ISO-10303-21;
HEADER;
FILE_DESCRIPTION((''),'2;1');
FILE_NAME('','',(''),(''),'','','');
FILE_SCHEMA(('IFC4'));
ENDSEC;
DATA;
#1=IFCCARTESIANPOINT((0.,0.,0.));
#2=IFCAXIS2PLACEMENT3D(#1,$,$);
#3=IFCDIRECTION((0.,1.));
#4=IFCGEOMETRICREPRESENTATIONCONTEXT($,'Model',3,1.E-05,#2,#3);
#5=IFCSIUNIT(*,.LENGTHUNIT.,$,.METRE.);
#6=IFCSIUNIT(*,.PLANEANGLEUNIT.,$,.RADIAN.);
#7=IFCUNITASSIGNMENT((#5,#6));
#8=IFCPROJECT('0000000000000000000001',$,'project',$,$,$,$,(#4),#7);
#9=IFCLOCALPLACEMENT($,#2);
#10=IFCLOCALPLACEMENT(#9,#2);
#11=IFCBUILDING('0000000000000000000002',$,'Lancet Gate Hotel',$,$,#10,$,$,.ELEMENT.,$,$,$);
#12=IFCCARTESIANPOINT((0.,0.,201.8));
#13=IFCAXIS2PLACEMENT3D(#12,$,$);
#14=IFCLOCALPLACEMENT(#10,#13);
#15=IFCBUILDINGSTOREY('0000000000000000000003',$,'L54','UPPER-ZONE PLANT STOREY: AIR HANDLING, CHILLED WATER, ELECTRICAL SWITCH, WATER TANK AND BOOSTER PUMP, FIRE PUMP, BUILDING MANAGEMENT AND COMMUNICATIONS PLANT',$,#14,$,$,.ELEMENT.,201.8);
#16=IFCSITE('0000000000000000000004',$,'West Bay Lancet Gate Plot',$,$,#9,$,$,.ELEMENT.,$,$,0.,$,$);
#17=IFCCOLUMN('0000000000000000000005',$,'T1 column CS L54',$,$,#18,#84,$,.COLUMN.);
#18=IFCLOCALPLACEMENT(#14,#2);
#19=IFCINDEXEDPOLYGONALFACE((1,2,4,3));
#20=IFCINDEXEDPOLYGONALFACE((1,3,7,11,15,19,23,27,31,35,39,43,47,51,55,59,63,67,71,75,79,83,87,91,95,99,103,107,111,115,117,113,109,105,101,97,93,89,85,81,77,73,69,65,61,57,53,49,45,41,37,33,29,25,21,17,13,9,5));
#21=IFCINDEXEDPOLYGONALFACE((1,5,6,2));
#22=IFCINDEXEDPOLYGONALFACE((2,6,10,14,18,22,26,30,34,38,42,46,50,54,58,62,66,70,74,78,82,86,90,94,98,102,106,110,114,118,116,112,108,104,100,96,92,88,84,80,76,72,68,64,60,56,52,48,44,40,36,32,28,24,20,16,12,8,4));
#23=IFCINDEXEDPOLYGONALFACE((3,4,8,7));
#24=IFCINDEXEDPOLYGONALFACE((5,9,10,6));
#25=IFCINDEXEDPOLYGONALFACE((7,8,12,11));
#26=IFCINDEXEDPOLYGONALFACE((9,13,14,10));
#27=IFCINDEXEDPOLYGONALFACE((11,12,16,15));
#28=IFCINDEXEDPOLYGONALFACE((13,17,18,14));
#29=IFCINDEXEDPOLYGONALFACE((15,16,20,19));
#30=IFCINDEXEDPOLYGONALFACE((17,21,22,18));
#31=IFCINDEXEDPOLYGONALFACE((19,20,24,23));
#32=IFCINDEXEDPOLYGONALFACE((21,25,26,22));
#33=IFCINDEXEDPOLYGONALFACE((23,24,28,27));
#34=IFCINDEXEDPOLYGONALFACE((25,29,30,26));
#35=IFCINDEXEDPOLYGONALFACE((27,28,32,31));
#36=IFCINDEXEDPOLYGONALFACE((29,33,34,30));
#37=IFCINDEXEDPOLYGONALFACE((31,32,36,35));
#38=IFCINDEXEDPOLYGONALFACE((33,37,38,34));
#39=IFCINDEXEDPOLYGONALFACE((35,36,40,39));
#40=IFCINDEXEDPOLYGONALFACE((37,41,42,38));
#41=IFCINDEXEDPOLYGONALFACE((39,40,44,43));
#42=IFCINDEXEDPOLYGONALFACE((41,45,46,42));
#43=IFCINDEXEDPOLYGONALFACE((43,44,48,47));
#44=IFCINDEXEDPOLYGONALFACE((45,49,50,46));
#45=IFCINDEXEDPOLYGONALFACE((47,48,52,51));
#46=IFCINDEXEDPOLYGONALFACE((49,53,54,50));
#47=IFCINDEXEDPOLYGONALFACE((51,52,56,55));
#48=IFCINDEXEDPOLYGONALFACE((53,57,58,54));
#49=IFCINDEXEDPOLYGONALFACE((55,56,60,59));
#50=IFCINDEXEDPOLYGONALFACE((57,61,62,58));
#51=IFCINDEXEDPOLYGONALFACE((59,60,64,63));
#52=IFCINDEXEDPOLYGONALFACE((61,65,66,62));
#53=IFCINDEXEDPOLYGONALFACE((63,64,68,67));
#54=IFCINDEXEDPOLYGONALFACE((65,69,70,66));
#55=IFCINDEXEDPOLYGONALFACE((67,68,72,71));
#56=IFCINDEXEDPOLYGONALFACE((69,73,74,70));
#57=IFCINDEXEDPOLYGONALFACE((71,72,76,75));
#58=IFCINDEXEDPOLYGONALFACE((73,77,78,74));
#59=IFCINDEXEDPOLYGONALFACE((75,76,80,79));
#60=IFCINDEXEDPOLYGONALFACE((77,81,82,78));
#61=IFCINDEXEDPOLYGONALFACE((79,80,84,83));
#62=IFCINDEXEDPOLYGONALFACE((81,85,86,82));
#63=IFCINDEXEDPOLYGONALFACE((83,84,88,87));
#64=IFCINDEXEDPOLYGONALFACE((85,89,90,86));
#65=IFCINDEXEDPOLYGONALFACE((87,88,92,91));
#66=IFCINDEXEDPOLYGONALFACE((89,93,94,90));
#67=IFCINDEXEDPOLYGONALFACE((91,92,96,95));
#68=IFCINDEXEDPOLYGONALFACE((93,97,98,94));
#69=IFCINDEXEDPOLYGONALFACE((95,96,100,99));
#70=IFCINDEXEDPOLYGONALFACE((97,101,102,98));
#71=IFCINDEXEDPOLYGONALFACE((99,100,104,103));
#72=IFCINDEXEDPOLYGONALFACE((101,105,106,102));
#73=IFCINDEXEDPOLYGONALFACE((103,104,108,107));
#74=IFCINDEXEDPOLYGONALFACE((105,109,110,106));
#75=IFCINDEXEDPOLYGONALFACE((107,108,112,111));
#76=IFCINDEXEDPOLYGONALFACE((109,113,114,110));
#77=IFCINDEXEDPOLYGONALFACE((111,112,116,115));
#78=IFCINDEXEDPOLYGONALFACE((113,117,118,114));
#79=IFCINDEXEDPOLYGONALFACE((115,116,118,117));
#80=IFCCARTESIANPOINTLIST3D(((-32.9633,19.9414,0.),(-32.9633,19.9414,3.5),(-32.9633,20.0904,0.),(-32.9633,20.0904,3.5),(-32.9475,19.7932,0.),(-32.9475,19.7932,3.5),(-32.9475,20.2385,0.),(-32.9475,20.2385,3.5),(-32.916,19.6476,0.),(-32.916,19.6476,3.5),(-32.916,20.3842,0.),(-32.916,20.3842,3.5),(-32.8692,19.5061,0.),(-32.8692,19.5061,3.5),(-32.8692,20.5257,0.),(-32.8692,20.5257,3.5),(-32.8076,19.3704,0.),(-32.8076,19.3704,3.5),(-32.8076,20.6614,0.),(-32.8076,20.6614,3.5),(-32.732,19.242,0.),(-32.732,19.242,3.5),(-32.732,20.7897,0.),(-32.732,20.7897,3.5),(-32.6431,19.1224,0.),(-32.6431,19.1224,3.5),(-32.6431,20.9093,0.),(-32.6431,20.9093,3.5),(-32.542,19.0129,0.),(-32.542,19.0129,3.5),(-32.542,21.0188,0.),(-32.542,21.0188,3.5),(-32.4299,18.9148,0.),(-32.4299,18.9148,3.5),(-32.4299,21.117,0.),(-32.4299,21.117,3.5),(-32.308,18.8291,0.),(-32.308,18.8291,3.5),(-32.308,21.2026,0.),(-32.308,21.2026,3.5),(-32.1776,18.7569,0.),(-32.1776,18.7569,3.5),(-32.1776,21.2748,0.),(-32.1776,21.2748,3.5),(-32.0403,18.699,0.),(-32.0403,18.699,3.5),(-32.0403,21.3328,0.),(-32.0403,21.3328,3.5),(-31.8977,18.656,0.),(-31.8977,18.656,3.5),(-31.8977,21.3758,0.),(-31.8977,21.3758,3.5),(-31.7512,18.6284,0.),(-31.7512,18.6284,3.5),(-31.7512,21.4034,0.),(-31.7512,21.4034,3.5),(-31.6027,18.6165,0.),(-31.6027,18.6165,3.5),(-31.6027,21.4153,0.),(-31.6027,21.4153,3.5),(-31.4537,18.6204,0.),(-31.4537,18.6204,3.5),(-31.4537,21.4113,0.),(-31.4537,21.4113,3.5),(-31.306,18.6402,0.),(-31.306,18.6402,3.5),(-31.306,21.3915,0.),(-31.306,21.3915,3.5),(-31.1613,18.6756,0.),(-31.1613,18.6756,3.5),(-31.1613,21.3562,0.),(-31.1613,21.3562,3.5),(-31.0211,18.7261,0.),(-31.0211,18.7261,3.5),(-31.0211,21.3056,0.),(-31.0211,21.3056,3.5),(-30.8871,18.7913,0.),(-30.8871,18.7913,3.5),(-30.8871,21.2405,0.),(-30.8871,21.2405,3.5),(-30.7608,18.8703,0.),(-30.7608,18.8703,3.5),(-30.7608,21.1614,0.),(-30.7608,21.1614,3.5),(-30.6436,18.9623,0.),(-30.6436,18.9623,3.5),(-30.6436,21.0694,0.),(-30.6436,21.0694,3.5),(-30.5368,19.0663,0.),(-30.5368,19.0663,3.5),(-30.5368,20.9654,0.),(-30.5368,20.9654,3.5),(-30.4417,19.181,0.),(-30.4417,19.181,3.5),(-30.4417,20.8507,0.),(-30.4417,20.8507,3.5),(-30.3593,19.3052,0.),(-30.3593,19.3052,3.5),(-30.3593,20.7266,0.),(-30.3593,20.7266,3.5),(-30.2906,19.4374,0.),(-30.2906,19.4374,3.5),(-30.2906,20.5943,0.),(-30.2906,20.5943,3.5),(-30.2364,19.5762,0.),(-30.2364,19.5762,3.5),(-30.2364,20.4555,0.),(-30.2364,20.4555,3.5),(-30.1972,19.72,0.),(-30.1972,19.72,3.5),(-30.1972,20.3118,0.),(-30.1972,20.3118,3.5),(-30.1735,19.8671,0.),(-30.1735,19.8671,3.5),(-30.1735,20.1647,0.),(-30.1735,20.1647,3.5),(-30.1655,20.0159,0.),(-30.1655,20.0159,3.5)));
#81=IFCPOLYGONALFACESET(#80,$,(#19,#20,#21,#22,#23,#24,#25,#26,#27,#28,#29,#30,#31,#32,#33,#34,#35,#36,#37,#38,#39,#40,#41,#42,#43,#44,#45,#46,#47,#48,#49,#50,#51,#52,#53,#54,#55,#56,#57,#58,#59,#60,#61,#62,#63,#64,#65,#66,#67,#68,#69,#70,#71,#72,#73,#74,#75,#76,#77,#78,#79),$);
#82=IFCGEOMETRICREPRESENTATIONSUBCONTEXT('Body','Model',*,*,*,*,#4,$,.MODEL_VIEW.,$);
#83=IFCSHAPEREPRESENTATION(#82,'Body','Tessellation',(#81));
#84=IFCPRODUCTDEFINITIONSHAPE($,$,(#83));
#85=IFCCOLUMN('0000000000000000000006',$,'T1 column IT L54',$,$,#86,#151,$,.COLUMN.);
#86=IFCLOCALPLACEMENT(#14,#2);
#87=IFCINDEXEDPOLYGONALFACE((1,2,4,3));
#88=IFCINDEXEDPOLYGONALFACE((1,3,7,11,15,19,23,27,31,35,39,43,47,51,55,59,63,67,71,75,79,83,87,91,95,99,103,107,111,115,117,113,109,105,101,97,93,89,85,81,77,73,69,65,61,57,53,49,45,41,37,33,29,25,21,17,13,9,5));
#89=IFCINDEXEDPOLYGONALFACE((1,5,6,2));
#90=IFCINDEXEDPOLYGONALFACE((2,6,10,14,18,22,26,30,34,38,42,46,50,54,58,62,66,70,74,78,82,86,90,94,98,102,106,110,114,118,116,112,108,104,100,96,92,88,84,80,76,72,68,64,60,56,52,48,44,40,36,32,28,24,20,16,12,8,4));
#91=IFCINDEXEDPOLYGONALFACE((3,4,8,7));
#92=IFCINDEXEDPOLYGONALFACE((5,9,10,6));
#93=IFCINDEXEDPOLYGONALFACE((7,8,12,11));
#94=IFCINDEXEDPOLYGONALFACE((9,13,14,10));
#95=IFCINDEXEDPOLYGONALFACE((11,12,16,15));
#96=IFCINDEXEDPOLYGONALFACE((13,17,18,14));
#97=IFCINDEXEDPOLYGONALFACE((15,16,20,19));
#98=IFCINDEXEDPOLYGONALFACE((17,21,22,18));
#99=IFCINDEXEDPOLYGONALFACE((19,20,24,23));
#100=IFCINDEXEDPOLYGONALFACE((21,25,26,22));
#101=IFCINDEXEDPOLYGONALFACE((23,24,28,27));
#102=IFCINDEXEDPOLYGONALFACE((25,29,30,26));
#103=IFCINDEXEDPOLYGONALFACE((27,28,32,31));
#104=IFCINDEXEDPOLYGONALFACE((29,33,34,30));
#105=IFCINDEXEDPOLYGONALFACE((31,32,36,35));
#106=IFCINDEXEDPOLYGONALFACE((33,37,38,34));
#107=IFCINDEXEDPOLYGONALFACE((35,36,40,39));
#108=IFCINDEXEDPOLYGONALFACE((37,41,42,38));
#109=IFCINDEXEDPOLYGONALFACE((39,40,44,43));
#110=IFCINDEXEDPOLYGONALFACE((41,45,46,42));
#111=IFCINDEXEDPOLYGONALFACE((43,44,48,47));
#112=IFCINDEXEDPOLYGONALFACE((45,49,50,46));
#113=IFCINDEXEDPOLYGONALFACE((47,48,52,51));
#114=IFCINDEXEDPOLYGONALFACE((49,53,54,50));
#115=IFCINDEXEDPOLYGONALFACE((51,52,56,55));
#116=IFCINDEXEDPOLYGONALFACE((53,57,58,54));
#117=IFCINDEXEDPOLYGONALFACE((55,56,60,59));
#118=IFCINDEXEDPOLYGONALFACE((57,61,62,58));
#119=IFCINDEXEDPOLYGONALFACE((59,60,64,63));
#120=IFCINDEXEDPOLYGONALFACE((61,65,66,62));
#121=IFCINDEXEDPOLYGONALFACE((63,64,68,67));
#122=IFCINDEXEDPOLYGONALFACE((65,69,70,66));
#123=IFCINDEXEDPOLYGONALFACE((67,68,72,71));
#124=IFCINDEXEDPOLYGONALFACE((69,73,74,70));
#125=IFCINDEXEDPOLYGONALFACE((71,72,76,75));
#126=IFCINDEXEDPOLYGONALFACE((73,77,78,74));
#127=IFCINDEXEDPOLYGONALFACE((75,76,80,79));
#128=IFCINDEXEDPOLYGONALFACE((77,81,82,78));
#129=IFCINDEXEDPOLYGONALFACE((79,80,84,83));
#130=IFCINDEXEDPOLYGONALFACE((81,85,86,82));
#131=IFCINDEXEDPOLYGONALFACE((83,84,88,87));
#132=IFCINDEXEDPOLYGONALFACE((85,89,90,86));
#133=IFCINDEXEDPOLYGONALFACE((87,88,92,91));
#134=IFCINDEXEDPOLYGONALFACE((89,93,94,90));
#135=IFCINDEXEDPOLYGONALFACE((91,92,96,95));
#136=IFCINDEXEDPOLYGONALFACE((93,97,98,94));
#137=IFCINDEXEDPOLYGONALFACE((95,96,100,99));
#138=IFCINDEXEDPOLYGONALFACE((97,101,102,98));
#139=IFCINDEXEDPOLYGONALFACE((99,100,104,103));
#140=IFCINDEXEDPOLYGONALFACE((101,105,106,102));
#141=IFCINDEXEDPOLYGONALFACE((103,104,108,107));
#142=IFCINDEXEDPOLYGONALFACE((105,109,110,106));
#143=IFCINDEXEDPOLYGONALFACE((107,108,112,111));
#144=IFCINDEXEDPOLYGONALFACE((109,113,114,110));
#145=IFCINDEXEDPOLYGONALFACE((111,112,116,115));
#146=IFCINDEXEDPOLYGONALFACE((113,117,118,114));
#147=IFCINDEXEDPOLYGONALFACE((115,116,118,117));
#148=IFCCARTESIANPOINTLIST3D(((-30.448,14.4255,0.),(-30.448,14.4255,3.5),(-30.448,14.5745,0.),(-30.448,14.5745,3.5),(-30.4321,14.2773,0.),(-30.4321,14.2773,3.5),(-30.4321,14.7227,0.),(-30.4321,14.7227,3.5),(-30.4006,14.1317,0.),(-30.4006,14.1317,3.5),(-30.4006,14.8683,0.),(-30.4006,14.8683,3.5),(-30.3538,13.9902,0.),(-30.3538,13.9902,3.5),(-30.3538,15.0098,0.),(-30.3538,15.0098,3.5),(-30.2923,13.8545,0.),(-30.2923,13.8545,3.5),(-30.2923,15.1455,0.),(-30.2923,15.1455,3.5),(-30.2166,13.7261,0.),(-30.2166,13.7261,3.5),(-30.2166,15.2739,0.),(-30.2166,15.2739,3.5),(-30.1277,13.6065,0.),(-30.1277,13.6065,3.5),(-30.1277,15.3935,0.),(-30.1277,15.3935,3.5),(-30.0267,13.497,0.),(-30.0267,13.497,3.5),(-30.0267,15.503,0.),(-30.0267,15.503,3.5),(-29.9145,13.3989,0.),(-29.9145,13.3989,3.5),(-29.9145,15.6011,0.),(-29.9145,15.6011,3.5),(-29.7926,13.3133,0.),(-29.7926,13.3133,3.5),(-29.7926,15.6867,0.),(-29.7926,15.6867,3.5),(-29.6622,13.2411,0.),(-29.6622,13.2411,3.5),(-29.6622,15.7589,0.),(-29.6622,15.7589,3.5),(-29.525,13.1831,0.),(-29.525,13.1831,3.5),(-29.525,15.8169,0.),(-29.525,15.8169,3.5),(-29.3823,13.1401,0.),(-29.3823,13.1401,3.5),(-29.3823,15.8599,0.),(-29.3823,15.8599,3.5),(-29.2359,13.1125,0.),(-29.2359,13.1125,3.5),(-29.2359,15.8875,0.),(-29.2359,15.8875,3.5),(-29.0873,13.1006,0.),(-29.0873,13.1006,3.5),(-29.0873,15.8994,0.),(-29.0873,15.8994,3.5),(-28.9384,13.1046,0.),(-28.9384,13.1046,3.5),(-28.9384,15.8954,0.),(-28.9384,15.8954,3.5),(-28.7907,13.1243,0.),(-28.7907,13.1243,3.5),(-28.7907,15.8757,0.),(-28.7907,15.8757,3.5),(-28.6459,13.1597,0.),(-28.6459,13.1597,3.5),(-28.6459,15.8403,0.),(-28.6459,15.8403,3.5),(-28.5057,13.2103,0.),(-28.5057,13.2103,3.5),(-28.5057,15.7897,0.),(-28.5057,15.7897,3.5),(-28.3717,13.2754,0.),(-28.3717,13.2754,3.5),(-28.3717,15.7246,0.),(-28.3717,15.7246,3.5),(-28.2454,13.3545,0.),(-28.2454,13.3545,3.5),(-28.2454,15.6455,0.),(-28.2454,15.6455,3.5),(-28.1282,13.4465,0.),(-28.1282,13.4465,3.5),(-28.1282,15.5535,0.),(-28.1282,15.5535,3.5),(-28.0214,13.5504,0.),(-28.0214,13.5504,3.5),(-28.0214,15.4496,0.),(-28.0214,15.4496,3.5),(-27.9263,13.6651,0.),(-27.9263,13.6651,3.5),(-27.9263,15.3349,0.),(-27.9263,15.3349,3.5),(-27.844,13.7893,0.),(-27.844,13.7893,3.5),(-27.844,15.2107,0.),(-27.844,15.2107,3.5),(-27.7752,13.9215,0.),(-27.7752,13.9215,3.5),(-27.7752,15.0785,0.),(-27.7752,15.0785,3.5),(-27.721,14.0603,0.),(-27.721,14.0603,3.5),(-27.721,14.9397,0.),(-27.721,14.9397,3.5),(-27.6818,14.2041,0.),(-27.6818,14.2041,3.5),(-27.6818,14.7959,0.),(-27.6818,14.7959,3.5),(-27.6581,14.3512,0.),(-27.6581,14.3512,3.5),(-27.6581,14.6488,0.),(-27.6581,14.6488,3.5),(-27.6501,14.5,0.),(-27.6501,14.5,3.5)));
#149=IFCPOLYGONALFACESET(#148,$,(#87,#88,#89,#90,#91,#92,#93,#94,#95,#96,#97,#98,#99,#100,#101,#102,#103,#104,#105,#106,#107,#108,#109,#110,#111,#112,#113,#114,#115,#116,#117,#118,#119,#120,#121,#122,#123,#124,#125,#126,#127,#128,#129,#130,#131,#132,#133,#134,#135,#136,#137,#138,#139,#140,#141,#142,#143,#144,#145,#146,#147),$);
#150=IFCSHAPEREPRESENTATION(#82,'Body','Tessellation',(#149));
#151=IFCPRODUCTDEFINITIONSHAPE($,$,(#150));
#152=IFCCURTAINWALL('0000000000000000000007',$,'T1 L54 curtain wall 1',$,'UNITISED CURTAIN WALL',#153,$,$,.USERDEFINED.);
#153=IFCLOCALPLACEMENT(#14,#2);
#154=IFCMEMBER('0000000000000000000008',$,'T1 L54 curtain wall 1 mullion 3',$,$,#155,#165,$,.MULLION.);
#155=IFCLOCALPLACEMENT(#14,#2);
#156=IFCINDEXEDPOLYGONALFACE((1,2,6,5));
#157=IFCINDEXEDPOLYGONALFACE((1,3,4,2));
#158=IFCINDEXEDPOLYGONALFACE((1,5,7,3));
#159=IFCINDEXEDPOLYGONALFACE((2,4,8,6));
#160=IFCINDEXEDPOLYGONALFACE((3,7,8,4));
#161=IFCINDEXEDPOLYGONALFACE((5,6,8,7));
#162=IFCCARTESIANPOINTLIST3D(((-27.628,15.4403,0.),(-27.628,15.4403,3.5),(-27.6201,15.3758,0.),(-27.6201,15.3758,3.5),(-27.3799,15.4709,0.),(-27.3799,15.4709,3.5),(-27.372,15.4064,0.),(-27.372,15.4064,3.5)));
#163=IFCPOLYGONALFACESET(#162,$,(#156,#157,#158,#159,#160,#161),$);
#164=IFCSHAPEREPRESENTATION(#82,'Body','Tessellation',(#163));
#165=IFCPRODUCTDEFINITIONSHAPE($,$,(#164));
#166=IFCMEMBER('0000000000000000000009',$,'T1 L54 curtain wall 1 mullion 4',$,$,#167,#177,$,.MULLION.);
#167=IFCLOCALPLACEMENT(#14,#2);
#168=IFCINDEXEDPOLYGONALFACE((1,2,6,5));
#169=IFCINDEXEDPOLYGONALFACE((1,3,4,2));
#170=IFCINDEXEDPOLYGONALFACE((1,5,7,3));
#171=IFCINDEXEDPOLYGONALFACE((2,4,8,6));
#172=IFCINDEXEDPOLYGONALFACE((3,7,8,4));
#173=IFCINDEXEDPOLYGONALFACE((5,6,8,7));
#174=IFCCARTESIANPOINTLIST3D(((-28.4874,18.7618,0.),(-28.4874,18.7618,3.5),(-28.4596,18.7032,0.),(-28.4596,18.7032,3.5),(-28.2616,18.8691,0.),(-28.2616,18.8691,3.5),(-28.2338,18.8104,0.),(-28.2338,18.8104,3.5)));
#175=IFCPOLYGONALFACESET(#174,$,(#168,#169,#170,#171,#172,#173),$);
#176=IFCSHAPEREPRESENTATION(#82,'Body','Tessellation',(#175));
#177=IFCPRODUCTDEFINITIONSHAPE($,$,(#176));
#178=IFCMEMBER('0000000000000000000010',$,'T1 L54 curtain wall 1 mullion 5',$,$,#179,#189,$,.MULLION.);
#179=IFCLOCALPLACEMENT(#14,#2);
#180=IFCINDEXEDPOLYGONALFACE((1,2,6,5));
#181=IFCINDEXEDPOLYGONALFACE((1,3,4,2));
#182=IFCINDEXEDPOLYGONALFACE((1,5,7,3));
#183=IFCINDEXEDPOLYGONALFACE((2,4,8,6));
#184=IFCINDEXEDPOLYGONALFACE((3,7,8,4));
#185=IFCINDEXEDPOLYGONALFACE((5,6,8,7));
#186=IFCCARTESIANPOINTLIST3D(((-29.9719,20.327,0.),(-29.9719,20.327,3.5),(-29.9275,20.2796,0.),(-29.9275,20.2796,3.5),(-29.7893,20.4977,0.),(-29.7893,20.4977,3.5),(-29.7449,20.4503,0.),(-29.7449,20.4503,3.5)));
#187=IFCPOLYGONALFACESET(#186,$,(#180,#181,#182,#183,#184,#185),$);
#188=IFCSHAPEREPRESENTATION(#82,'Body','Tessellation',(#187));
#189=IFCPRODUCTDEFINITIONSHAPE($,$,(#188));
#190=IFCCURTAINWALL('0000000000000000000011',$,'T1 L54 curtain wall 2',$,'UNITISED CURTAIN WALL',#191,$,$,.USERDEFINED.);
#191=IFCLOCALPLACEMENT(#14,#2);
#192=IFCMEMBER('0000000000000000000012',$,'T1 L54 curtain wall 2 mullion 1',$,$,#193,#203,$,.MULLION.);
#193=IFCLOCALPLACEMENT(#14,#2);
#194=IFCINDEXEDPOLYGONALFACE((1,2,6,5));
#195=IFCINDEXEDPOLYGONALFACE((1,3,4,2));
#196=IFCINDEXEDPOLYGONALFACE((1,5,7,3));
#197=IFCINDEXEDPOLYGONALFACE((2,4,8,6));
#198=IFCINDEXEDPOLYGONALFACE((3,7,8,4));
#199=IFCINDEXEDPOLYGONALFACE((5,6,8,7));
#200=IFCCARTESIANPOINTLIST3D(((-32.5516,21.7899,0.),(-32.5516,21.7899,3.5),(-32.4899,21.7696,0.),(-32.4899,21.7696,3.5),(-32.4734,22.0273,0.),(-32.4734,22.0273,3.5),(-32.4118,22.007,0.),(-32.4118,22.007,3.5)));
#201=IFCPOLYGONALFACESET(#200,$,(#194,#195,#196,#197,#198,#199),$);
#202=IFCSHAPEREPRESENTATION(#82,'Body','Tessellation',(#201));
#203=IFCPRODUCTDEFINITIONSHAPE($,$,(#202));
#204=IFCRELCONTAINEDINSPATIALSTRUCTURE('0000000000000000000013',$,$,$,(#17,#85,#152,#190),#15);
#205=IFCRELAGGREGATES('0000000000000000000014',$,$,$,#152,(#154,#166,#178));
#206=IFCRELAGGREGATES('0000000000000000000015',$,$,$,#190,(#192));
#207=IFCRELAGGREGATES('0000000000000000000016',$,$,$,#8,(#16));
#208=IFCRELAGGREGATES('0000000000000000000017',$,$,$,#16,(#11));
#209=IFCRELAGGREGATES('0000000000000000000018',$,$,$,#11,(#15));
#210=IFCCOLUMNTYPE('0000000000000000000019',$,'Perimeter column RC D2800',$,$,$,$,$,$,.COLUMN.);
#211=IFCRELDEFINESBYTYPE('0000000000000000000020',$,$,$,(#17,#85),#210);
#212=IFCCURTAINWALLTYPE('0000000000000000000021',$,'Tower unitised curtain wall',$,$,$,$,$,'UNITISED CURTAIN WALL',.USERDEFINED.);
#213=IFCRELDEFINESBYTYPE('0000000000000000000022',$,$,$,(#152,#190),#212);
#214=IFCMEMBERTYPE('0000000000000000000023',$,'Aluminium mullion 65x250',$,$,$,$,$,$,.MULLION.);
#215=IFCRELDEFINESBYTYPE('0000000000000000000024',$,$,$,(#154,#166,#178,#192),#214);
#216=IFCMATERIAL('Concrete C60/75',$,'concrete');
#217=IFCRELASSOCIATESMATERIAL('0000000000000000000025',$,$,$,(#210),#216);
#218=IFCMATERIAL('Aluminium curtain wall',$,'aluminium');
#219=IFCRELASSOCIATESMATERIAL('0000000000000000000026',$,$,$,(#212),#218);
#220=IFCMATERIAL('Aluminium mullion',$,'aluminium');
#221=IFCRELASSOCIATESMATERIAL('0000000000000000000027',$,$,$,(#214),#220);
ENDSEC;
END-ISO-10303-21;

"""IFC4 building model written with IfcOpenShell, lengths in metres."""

from ifc_helpers import new_model, si_unit, direction, frame, origin, origin_2d, place, context, subcontext, project, spatial, rectangle, circle, extrude, material, material_profile, profile_set, type_object, element, aggregate, save


model = new_model("IFC4")

# Units and contexts
model_context = context("Model", 3, precision=1e-05, world=origin(), true_north=direction((0.0, 1.0)))
body_context = subcontext(model_context, "Body", "Model", "MODEL_VIEW")
ifc_project = project(units=[si_unit("LENGTHUNIT", "METRE"), si_unit("PLANEANGLEUNIT", "RADIAN")], contexts=[model_context])

# Site, building, storey
site_placement = place(None, origin())
site = spatial("IfcSite", under=ifc_project, at=site_placement, Name="West Bay Lancet Gate Plot", CompositionType="ELEMENT", RefElevation=0.0)
building_placement = place(site_placement, origin())
building = spatial("IfcBuilding", under=site, at=building_placement, Name="Lancet Gate Hotel", CompositionType="ELEMENT")
storey_placement = place(building_placement, frame((0.0, 0.0, 201.8)))
storey = spatial("IfcBuildingStorey", under=building, at=storey_placement, Name="L54", Description="UPPER-ZONE PLANT STOREY: AIR HANDLING, CHILLED WATER, ELECTRICAL SWITCH, WATER TANK AND BOOSTER PUMP, FIRE PUMP, BUILDING MANAGEMENT AND COMMUNICATIONS PLANT", CompositionType="ELEMENT", Elevation=201.8)

# Columns
ifc_material_1 = material(Name="Concrete C60/75", Category="concrete")
ifc_material_profile_1 = material_profile(ifc_material_1, circle(Radius=1.3999, at=origin_2d()), Name="RC D2800")
ifc_profile_set_1 = profile_set([ifc_material_profile_1], Name="Concrete C60/75")
column_type = type_object("IfcColumnType", Name="Perimeter column RC D2800", PredefinedType="COLUMN", material=ifc_profile_set_1)
for number, where, z_axis, x_axis, name in (
    (1, (-31.5654, 20.0159, 0.0), (0.0, 0.0, 1.0), (1.0, 0.0, 0.0), "T1 column CS L54"),
    (2, (-29.05, 14.5, 0.0), (0.0, 0.0, 1.0), (1.0, 0.0, 0.0), "T1 column IT L54"),
):
    element("IfcColumn", number, at=place(storey_placement, frame(where, z_axis=z_axis, x_axis=x_axis)), inside=storey, type_object=column_type, Name=name, PredefinedType="COLUMN", context=body_context, shape_type="SweptSolid", body=[
        extrude(circle(Radius=1.3999, at=origin_2d()), origin(), (0.0, 0.0, 1.0), 3.5),
    ])

# Curtain walls, members
ifc_material_2 = material(Name="Aluminium curtain wall", Category="aluminium")
curtain_wall_type = type_object("IfcCurtainWallType", Name="Tower unitised curtain wall", ElementType="UNITISED CURTAIN WALL", PredefinedType="USERDEFINED", material=ifc_material_2)
curtain_wall_1_placement = place(storey_placement, origin())
curtain_wall_1 = element("IfcCurtainWall", 3, at=curtain_wall_1_placement, inside=storey, type_object=curtain_wall_type, Name="T1 L54 curtain wall 1", ObjectType="UNITISED CURTAIN WALL", PredefinedType="USERDEFINED")
ifc_material_3 = material(Name="Aluminium mullion", Category="aluminium")
ifc_material_profile_2 = material_profile(ifc_material_3, rectangle(XDim=0.0649, YDim=0.25, at=origin_2d()), Name="MULLION 65x250")
ifc_profile_set_2 = profile_set([ifc_material_profile_2], Name="Aluminium mullion")
member_type_1 = type_object("IfcMemberType", Name="Aluminium mullion 65x250", PredefinedType="MULLION", material=ifc_profile_set_2)
member_1_placement = place(storey_placement, frame((-27.5, 15.4233, 0.0), z_axis=(0.0, 0.0, 1.0), x_axis=(-0.122467, 0.992473, 0.0)))
member_1 = element("IfcMember", 4, at=member_1_placement, type_object=member_type_1, Name="T1 L54 curtain wall 1 mullion 3", PredefinedType="MULLION", context=body_context, shape_type="SweptSolid", body=[
    extrude(rectangle(XDim=0.0649, YDim=0.25, at=origin_2d()), origin(), (0.0, 0.0, 1.0), 3.5),
])
member_2_placement = place(storey_placement, frame((-28.3606, 18.7861, 0.0), z_axis=(0.0, 0.0, 1.0), x_axis=(-0.42905, 0.903281, 0.0)))
member_2 = element("IfcMember", 5, at=member_2_placement, type_object=member_type_1, Name="T1 L54 curtain wall 1 mullion 4", PredefinedType="MULLION", context=body_context, shape_type="SweptSolid", body=[
    extrude(rectangle(XDim=0.0649, YDim=0.25, at=origin_2d()), origin(), (0.0, 0.0, 1.0), 3.5),
])
member_3_placement = place(storey_placement, frame((-29.8584, 20.3887, 0.0), z_axis=(0.0, 0.0, 1.0), x_axis=(-0.682845, 0.730563, 0.0)))
member_3 = element("IfcMember", 6, at=member_3_placement, type_object=member_type_1, Name="T1 L54 curtain wall 1 mullion 5", PredefinedType="MULLION", context=body_context, shape_type="SweptSolid", body=[
    extrude(rectangle(XDim=0.0649, YDim=0.25, at=origin_2d()), origin(), (0.0, 0.0, 1.0), 3.5),
])
curtain_wall_2_placement = place(storey_placement, origin())
curtain_wall_2 = element("IfcCurtainWall", 7, at=curtain_wall_2_placement, inside=storey, type_object=curtain_wall_type, Name="T1 L54 curtain wall 2", ObjectType="UNITISED CURTAIN WALL", PredefinedType="USERDEFINED")
member_4_placement = place(storey_placement, frame((-32.4817, 21.8984, 0.0), z_axis=(0.0, 0.0, 1.0), x_axis=(-0.949848, 0.312712, 0.0)))
member_4 = element("IfcMember", 8, at=member_4_placement, type_object=member_type_1, Name="T1 L54 curtain wall 2 mullion 1", PredefinedType="MULLION", context=body_context, shape_type="SweptSolid", body=[
    extrude(rectangle(XDim=0.0649, YDim=0.25, at=origin_2d()), origin(), (0.0, 0.0, 1.0), 3.5),
])

aggregate(curtain_wall_1, [member_1, member_2, member_3])
aggregate(curtain_wall_2, [member_4])

save(model, "model.ifc")
